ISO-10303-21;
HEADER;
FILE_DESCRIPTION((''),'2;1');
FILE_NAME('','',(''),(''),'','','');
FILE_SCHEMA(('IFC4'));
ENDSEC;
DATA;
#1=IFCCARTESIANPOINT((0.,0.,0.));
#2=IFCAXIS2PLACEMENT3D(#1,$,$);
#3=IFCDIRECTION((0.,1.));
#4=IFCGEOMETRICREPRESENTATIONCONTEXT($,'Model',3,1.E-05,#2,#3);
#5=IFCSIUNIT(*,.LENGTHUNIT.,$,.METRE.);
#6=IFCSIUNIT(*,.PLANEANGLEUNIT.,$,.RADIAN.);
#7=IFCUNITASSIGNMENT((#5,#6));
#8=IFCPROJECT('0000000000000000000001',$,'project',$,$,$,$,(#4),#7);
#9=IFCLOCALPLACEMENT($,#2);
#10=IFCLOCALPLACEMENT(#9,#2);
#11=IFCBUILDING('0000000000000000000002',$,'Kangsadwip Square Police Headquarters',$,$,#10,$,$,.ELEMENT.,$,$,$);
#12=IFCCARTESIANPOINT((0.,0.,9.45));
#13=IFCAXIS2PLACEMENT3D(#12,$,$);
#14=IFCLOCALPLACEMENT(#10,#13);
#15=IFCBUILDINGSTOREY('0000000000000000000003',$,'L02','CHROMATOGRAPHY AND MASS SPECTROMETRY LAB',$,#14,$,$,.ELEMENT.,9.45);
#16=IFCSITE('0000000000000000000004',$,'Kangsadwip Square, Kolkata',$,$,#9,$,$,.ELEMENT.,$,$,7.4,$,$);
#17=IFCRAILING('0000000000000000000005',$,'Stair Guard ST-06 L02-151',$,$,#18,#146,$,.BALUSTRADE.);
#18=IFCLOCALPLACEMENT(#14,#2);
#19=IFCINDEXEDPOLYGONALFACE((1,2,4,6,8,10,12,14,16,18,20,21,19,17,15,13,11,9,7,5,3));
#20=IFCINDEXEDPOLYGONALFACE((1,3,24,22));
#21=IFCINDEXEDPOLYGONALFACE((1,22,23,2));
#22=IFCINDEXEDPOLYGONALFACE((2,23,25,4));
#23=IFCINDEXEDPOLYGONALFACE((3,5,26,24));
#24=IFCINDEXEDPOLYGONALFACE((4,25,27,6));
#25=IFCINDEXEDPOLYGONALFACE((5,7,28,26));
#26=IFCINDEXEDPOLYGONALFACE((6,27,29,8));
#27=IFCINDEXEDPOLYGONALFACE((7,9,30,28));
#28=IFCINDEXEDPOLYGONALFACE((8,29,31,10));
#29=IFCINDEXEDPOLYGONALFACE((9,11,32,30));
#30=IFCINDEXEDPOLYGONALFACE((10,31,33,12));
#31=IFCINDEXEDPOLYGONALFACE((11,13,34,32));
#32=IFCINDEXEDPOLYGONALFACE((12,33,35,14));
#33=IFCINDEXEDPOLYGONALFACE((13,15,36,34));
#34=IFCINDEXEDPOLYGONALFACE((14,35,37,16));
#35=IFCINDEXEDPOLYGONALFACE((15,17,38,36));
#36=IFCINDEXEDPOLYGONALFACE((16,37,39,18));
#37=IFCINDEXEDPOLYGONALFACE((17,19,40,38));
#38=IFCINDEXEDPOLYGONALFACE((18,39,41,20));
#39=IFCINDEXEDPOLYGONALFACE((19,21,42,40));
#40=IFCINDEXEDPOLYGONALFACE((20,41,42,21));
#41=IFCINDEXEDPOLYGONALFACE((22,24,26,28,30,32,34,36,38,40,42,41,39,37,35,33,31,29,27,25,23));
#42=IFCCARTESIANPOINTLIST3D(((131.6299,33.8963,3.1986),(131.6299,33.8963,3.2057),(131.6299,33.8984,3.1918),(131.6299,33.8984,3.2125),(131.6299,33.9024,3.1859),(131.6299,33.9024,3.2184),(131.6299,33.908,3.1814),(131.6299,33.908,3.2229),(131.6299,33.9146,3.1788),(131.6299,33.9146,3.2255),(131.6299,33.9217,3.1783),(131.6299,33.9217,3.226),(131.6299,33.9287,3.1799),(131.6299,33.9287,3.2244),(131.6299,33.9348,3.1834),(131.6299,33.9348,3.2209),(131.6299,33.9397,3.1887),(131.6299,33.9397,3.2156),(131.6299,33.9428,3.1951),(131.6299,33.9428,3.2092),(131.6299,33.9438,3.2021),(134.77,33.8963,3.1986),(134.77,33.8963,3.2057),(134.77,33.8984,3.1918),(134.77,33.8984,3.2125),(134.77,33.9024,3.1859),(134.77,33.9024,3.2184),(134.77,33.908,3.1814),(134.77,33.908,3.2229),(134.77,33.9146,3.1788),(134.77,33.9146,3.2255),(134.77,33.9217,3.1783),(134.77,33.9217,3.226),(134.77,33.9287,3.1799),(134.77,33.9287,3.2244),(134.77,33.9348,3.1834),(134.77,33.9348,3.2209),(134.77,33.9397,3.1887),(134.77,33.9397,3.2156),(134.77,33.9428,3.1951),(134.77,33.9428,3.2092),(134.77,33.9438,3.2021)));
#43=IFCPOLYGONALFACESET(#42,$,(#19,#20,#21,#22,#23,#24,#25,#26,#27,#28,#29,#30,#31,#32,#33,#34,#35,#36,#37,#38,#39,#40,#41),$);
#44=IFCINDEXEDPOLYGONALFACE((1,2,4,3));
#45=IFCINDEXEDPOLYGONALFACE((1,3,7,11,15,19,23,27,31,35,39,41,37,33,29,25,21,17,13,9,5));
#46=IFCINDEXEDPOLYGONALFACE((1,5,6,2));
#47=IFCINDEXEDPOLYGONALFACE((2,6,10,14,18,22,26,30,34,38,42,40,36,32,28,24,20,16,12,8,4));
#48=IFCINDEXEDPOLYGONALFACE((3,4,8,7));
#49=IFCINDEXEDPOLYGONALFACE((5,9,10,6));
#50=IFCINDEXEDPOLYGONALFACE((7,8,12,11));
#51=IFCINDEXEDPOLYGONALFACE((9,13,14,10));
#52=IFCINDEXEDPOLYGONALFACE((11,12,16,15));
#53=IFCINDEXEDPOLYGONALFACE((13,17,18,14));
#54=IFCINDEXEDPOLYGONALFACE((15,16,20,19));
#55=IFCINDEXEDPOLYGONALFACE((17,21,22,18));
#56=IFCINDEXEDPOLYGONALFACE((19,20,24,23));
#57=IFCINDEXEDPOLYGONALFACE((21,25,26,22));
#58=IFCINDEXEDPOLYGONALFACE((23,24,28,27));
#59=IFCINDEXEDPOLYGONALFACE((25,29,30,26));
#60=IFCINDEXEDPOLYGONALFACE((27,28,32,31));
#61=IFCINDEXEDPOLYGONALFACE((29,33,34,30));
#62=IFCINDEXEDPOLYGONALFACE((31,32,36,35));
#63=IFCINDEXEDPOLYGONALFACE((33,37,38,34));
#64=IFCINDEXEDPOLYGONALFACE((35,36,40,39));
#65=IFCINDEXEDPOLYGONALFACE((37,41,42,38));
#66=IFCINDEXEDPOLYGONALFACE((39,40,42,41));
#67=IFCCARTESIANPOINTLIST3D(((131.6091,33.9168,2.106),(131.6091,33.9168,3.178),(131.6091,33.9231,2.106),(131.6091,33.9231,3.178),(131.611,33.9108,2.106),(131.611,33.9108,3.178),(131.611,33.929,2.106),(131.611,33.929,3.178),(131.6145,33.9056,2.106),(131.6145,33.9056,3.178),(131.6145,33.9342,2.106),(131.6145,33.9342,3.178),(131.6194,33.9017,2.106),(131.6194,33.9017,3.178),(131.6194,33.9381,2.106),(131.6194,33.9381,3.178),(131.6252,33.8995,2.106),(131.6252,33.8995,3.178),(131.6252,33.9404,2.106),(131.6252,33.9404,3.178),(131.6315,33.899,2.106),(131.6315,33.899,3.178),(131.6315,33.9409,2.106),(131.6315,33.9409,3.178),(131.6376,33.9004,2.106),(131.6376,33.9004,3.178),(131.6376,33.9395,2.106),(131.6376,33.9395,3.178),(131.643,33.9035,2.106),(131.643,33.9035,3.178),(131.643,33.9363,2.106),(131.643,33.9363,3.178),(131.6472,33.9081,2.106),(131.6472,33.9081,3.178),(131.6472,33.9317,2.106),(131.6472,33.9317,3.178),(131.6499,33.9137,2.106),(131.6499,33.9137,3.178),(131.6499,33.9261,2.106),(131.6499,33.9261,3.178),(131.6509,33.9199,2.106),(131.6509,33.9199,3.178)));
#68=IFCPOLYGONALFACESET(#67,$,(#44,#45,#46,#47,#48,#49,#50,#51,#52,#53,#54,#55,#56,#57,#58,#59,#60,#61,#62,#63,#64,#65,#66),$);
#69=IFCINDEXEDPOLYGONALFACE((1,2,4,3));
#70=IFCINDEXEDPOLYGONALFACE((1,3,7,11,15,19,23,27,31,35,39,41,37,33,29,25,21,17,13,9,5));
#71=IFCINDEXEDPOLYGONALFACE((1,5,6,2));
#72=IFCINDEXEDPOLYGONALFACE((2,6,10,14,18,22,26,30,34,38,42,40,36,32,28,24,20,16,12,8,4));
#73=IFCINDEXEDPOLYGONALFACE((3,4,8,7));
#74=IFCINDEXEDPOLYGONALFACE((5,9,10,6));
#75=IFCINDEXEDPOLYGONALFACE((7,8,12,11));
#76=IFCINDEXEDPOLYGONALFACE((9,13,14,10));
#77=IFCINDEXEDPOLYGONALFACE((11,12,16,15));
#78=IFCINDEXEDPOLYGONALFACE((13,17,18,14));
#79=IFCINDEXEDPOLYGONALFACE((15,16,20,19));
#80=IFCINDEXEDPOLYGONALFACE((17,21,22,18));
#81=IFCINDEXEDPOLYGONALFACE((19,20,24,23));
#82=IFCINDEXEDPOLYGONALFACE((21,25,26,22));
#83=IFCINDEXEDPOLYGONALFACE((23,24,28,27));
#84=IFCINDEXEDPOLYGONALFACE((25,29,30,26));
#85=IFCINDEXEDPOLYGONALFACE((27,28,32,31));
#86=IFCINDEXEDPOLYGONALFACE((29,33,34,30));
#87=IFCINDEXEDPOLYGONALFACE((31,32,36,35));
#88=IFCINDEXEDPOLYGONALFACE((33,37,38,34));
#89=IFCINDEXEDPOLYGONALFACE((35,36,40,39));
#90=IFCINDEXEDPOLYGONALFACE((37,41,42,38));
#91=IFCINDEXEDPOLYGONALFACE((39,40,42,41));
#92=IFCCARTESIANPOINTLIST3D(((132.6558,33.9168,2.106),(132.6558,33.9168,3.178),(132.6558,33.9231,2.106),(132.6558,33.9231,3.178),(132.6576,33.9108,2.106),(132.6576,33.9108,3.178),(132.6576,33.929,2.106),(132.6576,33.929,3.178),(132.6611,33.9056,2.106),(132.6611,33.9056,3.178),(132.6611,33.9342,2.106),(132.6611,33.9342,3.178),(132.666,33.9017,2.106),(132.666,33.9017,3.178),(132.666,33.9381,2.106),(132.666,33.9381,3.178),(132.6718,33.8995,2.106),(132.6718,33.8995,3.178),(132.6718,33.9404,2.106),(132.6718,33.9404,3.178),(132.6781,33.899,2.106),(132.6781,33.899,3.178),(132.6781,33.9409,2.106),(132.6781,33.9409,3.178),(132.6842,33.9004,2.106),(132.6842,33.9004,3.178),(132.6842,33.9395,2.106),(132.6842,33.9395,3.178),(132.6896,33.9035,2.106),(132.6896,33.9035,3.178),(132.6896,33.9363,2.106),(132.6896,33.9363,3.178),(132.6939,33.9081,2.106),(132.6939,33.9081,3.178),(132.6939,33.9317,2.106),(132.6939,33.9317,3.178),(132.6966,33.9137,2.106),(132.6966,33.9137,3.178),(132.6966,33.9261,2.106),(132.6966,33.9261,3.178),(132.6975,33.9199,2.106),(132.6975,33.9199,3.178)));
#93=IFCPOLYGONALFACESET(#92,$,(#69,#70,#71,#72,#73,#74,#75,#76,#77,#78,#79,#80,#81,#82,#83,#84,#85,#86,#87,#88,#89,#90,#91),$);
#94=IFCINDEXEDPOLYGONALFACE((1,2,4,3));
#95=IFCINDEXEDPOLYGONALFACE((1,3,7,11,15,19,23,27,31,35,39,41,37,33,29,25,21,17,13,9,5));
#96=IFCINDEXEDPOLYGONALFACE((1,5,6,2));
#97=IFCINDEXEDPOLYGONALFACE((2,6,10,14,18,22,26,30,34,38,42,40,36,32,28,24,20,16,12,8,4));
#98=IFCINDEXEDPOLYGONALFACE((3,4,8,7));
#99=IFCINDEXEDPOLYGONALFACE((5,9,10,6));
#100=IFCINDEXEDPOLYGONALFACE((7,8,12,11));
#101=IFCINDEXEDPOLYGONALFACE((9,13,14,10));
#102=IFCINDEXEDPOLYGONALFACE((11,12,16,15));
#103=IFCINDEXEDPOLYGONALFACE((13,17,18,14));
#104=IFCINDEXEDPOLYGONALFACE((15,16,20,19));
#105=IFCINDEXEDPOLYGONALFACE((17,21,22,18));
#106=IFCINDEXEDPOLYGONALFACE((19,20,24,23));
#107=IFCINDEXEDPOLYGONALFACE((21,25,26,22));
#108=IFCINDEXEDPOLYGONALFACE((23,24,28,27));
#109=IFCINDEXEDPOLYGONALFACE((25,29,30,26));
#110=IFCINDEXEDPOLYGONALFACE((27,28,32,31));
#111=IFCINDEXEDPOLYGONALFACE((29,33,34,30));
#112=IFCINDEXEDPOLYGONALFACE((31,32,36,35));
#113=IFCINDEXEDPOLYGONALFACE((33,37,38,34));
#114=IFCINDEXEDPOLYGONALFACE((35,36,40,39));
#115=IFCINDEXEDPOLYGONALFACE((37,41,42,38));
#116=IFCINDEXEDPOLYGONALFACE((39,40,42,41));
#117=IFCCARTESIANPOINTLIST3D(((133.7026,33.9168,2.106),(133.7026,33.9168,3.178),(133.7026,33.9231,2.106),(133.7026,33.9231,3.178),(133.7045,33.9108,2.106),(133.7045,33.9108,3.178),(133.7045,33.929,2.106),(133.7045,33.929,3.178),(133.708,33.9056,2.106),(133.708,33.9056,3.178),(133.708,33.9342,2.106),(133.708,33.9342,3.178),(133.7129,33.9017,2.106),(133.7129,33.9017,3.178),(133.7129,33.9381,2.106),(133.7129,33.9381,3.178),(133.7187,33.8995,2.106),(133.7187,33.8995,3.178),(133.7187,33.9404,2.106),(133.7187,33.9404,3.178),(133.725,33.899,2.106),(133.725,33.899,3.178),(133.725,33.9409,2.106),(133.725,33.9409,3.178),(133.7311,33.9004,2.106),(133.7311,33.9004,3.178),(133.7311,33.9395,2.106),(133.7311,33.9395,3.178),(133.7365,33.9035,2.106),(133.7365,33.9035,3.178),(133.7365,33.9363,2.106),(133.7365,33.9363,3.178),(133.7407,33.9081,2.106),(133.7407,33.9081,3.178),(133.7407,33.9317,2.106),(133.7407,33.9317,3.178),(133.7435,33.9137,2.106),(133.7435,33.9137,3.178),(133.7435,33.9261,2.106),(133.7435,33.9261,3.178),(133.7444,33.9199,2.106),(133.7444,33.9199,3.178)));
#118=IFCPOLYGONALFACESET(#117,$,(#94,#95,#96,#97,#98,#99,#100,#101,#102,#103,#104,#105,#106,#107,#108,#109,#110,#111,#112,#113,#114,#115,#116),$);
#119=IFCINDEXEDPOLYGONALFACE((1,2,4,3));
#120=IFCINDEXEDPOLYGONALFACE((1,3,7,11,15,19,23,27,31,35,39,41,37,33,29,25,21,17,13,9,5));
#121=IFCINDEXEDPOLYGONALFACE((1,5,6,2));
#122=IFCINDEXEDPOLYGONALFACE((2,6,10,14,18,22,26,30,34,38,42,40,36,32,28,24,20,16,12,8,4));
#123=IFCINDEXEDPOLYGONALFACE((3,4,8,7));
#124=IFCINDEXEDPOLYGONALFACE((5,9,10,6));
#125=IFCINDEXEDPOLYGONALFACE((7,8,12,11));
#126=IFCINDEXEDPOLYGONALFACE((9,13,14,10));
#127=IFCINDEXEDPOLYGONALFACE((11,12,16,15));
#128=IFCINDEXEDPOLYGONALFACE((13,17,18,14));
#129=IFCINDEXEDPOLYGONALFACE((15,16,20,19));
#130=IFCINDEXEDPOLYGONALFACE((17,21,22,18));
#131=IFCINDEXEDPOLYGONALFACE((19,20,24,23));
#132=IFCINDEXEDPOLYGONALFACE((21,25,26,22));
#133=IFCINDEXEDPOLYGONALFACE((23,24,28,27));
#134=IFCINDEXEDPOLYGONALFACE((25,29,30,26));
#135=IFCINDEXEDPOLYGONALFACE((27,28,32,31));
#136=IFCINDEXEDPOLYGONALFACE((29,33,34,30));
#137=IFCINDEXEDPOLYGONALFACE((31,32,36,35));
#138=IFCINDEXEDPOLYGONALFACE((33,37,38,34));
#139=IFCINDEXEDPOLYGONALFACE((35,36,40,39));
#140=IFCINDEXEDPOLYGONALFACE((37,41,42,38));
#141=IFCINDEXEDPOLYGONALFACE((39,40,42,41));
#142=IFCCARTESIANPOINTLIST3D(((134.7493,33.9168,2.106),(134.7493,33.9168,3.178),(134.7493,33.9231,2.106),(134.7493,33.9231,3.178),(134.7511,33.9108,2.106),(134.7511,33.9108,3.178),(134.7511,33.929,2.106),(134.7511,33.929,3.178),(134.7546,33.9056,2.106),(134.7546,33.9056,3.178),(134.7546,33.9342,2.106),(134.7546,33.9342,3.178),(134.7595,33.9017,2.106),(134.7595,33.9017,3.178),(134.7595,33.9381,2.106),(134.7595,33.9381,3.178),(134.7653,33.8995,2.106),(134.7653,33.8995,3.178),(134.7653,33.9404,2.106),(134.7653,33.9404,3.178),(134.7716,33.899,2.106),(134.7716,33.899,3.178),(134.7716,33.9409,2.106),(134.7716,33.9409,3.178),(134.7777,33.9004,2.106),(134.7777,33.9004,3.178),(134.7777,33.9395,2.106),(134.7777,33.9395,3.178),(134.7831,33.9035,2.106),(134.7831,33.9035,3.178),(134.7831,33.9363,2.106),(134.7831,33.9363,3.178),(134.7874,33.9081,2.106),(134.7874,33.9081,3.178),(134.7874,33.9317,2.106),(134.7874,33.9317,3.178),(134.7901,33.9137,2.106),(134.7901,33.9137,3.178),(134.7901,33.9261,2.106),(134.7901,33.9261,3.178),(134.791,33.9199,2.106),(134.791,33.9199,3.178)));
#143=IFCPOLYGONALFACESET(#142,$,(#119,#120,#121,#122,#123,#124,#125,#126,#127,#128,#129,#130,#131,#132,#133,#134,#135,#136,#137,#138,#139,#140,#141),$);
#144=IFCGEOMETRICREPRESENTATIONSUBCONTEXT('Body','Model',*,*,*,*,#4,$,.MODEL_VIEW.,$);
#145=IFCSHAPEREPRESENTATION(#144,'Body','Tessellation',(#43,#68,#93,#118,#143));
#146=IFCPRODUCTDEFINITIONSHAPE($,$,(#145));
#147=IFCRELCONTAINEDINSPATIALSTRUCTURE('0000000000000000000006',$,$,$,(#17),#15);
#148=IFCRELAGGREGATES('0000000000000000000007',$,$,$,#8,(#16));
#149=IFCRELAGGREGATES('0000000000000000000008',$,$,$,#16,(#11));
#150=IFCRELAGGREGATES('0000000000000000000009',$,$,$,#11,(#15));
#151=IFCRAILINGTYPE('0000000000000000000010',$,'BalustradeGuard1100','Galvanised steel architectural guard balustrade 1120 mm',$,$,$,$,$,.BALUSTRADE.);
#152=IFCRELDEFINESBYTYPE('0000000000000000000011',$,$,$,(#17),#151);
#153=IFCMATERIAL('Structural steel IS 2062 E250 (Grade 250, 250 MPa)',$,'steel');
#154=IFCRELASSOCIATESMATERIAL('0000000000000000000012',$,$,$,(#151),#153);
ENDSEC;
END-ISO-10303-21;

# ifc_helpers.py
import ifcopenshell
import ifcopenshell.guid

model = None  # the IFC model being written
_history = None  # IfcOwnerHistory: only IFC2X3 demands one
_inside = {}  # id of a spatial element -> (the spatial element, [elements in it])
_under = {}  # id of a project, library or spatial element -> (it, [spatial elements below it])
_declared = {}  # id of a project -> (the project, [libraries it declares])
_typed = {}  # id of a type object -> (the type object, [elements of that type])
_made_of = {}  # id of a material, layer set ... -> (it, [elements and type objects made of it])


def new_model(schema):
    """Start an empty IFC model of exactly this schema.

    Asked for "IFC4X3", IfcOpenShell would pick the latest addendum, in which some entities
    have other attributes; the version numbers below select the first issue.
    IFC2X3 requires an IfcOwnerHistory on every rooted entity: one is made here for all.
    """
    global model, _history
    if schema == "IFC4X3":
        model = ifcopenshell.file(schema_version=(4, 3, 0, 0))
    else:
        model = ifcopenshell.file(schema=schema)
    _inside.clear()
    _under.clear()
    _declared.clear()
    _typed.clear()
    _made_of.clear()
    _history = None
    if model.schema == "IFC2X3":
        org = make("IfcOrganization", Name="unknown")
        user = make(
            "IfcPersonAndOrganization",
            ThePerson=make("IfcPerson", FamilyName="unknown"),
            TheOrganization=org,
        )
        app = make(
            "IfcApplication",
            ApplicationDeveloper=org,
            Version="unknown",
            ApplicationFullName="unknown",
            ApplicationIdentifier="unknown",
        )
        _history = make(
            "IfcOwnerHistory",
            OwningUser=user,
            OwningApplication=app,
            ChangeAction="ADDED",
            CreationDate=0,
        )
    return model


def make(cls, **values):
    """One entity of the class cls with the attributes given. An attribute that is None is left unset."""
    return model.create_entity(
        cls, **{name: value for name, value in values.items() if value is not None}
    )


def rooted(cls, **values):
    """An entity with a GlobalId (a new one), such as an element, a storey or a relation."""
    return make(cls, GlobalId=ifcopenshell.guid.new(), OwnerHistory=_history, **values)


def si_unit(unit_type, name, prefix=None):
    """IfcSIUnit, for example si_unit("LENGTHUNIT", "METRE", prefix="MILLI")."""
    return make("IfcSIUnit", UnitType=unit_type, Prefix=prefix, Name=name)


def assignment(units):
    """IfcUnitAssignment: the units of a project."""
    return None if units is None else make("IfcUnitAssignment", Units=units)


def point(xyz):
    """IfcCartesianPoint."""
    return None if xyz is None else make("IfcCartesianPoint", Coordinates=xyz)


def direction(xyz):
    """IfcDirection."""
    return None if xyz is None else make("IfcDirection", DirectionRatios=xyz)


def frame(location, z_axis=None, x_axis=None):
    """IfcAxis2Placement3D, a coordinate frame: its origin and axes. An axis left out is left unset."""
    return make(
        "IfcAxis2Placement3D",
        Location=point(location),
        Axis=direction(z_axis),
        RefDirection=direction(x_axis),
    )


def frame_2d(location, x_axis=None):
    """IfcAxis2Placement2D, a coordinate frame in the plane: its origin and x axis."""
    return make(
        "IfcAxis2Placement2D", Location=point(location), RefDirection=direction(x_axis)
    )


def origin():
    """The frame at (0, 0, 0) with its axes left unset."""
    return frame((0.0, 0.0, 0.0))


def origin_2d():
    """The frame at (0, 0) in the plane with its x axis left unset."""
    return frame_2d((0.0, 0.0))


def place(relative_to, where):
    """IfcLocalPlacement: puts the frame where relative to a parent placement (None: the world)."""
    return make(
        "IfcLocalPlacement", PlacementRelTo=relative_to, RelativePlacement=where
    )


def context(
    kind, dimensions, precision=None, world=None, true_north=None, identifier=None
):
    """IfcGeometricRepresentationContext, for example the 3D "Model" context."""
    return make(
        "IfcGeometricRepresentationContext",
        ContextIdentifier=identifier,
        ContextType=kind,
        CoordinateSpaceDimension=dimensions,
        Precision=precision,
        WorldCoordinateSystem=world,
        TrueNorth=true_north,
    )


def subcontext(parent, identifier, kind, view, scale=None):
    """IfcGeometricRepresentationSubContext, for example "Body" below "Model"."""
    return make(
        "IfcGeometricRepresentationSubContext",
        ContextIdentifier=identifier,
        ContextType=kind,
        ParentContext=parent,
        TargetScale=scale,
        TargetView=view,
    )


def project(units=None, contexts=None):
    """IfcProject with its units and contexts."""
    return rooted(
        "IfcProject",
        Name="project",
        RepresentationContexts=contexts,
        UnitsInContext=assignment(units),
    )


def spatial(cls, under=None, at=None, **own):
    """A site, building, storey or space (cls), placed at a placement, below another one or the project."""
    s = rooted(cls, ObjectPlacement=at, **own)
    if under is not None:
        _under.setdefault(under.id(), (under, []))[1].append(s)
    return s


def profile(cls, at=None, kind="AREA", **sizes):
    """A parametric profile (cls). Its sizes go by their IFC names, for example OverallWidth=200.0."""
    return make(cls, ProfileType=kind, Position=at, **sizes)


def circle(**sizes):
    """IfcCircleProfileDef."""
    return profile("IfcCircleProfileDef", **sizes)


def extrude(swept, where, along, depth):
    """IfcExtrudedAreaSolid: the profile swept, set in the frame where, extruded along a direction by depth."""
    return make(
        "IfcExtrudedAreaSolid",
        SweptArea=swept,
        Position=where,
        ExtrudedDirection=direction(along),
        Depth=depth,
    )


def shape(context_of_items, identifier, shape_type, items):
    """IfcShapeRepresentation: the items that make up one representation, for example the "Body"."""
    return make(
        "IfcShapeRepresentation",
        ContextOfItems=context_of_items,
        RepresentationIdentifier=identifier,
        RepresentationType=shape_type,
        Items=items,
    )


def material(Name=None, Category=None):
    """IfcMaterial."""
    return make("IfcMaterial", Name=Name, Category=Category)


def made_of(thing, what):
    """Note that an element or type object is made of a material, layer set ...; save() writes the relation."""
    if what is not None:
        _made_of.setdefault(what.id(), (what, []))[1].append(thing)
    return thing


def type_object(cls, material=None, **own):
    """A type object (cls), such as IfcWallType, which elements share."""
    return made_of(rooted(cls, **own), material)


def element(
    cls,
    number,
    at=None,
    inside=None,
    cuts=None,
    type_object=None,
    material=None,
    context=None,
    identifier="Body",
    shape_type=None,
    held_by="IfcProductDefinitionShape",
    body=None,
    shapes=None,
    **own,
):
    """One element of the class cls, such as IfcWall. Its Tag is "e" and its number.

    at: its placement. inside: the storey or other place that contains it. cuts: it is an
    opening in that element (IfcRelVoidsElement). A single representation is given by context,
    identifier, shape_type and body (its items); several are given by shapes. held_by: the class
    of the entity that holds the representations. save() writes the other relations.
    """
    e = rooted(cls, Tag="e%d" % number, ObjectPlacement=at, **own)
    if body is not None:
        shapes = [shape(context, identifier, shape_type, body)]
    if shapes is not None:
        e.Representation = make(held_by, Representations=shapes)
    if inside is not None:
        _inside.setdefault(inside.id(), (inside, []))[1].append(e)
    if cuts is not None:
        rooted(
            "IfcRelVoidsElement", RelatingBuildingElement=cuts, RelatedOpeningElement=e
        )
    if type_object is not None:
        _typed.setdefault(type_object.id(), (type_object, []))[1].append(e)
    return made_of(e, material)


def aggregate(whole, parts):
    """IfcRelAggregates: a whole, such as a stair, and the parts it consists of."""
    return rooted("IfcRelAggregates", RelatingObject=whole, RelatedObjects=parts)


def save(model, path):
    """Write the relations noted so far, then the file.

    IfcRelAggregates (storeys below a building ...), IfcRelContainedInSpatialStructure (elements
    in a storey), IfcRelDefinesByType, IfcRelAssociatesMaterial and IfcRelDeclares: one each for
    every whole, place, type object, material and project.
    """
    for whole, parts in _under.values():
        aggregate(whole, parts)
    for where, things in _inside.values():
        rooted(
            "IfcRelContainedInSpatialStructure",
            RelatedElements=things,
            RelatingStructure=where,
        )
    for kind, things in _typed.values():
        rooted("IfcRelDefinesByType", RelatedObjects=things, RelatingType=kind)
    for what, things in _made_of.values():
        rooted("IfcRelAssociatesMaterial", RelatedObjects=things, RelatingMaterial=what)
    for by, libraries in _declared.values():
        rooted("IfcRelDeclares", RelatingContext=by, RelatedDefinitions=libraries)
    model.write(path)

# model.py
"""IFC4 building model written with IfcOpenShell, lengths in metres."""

from ifc_helpers import new_model, si_unit, direction, frame, origin, origin_2d, place, context, subcontext, project, spatial, circle, extrude, material, type_object, element, save


model = new_model("IFC4")

# Units and contexts
model_context = context("Model", 3, precision=1e-05, world=origin(), true_north=direction((0.0, 1.0)))
body_context = subcontext(model_context, "Body", "Model", "MODEL_VIEW")
ifc_project = project(units=[si_unit("LENGTHUNIT", "METRE"), si_unit("PLANEANGLEUNIT", "RADIAN")], contexts=[model_context])

# Site, building, storey
site_placement = place(None, origin())
site = spatial("IfcSite", under=ifc_project, at=site_placement, Name="Kangsadwip Square, Kolkata", CompositionType="ELEMENT", RefElevation=7.4)
building_placement = place(site_placement, origin())
building = spatial("IfcBuilding", under=site, at=building_placement, Name="Kangsadwip Square Police Headquarters", CompositionType="ELEMENT")
storey_placement = place(building_placement, frame((0.0, 0.0, 9.45)))
storey = spatial("IfcBuildingStorey", under=building, at=storey_placement, Name="L02", Description="CHROMATOGRAPHY AND MASS SPECTROMETRY LAB", CompositionType="ELEMENT", Elevation=9.45)

# Railing
ifc_material_1 = material(Name="Structural steel IS 2062 E250 (Grade 250, 250 MPa)", Category="steel")
railing_type_1 = type_object("IfcRailingType", Name="BalustradeGuard1100", Description="Galvanised steel architectural guard balustrade 1120 mm", PredefinedType="BALUSTRADE", material=ifc_material_1)
railing_1_placement = place(storey_placement, frame((131.6299, 33.9199, 2.106)))
element("IfcRailing", 1, at=railing_1_placement, inside=storey, type_object=railing_type_1, Name="Stair Guard ST-06 L02-151", PredefinedType="BALUSTRADE", context=body_context, shape_type="SweptSolid", body=[
    extrude(circle(Radius=0.0239, at=origin_2d()), frame((0.0, 0.0, 1.0962), z_axis=(1.0, 0.0, 0.0), x_axis=(0.0, 1.0, 0.0)), (0.0, 0.0, 1.0), 3.1401),
    extrude(circle(Radius=0.021, at=origin_2d()), origin(), (0.0, 0.0, 1.0), 1.072),
    extrude(circle(Radius=0.021, at=origin_2d()), frame((1.0466, 0.0, 0.0)), (0.0, 0.0, 1.0), 1.072),
    extrude(circle(Radius=0.021, at=origin_2d()), frame((2.0935, 0.0, 0.0)), (0.0, 0.0, 1.0), 1.072),
    extrude(circle(Radius=0.021, at=origin_2d()), frame((3.1401, 0.0, 0.0)), (0.0, 0.0, 1.0), 1.072),
])

save(model, "model.ifc")
